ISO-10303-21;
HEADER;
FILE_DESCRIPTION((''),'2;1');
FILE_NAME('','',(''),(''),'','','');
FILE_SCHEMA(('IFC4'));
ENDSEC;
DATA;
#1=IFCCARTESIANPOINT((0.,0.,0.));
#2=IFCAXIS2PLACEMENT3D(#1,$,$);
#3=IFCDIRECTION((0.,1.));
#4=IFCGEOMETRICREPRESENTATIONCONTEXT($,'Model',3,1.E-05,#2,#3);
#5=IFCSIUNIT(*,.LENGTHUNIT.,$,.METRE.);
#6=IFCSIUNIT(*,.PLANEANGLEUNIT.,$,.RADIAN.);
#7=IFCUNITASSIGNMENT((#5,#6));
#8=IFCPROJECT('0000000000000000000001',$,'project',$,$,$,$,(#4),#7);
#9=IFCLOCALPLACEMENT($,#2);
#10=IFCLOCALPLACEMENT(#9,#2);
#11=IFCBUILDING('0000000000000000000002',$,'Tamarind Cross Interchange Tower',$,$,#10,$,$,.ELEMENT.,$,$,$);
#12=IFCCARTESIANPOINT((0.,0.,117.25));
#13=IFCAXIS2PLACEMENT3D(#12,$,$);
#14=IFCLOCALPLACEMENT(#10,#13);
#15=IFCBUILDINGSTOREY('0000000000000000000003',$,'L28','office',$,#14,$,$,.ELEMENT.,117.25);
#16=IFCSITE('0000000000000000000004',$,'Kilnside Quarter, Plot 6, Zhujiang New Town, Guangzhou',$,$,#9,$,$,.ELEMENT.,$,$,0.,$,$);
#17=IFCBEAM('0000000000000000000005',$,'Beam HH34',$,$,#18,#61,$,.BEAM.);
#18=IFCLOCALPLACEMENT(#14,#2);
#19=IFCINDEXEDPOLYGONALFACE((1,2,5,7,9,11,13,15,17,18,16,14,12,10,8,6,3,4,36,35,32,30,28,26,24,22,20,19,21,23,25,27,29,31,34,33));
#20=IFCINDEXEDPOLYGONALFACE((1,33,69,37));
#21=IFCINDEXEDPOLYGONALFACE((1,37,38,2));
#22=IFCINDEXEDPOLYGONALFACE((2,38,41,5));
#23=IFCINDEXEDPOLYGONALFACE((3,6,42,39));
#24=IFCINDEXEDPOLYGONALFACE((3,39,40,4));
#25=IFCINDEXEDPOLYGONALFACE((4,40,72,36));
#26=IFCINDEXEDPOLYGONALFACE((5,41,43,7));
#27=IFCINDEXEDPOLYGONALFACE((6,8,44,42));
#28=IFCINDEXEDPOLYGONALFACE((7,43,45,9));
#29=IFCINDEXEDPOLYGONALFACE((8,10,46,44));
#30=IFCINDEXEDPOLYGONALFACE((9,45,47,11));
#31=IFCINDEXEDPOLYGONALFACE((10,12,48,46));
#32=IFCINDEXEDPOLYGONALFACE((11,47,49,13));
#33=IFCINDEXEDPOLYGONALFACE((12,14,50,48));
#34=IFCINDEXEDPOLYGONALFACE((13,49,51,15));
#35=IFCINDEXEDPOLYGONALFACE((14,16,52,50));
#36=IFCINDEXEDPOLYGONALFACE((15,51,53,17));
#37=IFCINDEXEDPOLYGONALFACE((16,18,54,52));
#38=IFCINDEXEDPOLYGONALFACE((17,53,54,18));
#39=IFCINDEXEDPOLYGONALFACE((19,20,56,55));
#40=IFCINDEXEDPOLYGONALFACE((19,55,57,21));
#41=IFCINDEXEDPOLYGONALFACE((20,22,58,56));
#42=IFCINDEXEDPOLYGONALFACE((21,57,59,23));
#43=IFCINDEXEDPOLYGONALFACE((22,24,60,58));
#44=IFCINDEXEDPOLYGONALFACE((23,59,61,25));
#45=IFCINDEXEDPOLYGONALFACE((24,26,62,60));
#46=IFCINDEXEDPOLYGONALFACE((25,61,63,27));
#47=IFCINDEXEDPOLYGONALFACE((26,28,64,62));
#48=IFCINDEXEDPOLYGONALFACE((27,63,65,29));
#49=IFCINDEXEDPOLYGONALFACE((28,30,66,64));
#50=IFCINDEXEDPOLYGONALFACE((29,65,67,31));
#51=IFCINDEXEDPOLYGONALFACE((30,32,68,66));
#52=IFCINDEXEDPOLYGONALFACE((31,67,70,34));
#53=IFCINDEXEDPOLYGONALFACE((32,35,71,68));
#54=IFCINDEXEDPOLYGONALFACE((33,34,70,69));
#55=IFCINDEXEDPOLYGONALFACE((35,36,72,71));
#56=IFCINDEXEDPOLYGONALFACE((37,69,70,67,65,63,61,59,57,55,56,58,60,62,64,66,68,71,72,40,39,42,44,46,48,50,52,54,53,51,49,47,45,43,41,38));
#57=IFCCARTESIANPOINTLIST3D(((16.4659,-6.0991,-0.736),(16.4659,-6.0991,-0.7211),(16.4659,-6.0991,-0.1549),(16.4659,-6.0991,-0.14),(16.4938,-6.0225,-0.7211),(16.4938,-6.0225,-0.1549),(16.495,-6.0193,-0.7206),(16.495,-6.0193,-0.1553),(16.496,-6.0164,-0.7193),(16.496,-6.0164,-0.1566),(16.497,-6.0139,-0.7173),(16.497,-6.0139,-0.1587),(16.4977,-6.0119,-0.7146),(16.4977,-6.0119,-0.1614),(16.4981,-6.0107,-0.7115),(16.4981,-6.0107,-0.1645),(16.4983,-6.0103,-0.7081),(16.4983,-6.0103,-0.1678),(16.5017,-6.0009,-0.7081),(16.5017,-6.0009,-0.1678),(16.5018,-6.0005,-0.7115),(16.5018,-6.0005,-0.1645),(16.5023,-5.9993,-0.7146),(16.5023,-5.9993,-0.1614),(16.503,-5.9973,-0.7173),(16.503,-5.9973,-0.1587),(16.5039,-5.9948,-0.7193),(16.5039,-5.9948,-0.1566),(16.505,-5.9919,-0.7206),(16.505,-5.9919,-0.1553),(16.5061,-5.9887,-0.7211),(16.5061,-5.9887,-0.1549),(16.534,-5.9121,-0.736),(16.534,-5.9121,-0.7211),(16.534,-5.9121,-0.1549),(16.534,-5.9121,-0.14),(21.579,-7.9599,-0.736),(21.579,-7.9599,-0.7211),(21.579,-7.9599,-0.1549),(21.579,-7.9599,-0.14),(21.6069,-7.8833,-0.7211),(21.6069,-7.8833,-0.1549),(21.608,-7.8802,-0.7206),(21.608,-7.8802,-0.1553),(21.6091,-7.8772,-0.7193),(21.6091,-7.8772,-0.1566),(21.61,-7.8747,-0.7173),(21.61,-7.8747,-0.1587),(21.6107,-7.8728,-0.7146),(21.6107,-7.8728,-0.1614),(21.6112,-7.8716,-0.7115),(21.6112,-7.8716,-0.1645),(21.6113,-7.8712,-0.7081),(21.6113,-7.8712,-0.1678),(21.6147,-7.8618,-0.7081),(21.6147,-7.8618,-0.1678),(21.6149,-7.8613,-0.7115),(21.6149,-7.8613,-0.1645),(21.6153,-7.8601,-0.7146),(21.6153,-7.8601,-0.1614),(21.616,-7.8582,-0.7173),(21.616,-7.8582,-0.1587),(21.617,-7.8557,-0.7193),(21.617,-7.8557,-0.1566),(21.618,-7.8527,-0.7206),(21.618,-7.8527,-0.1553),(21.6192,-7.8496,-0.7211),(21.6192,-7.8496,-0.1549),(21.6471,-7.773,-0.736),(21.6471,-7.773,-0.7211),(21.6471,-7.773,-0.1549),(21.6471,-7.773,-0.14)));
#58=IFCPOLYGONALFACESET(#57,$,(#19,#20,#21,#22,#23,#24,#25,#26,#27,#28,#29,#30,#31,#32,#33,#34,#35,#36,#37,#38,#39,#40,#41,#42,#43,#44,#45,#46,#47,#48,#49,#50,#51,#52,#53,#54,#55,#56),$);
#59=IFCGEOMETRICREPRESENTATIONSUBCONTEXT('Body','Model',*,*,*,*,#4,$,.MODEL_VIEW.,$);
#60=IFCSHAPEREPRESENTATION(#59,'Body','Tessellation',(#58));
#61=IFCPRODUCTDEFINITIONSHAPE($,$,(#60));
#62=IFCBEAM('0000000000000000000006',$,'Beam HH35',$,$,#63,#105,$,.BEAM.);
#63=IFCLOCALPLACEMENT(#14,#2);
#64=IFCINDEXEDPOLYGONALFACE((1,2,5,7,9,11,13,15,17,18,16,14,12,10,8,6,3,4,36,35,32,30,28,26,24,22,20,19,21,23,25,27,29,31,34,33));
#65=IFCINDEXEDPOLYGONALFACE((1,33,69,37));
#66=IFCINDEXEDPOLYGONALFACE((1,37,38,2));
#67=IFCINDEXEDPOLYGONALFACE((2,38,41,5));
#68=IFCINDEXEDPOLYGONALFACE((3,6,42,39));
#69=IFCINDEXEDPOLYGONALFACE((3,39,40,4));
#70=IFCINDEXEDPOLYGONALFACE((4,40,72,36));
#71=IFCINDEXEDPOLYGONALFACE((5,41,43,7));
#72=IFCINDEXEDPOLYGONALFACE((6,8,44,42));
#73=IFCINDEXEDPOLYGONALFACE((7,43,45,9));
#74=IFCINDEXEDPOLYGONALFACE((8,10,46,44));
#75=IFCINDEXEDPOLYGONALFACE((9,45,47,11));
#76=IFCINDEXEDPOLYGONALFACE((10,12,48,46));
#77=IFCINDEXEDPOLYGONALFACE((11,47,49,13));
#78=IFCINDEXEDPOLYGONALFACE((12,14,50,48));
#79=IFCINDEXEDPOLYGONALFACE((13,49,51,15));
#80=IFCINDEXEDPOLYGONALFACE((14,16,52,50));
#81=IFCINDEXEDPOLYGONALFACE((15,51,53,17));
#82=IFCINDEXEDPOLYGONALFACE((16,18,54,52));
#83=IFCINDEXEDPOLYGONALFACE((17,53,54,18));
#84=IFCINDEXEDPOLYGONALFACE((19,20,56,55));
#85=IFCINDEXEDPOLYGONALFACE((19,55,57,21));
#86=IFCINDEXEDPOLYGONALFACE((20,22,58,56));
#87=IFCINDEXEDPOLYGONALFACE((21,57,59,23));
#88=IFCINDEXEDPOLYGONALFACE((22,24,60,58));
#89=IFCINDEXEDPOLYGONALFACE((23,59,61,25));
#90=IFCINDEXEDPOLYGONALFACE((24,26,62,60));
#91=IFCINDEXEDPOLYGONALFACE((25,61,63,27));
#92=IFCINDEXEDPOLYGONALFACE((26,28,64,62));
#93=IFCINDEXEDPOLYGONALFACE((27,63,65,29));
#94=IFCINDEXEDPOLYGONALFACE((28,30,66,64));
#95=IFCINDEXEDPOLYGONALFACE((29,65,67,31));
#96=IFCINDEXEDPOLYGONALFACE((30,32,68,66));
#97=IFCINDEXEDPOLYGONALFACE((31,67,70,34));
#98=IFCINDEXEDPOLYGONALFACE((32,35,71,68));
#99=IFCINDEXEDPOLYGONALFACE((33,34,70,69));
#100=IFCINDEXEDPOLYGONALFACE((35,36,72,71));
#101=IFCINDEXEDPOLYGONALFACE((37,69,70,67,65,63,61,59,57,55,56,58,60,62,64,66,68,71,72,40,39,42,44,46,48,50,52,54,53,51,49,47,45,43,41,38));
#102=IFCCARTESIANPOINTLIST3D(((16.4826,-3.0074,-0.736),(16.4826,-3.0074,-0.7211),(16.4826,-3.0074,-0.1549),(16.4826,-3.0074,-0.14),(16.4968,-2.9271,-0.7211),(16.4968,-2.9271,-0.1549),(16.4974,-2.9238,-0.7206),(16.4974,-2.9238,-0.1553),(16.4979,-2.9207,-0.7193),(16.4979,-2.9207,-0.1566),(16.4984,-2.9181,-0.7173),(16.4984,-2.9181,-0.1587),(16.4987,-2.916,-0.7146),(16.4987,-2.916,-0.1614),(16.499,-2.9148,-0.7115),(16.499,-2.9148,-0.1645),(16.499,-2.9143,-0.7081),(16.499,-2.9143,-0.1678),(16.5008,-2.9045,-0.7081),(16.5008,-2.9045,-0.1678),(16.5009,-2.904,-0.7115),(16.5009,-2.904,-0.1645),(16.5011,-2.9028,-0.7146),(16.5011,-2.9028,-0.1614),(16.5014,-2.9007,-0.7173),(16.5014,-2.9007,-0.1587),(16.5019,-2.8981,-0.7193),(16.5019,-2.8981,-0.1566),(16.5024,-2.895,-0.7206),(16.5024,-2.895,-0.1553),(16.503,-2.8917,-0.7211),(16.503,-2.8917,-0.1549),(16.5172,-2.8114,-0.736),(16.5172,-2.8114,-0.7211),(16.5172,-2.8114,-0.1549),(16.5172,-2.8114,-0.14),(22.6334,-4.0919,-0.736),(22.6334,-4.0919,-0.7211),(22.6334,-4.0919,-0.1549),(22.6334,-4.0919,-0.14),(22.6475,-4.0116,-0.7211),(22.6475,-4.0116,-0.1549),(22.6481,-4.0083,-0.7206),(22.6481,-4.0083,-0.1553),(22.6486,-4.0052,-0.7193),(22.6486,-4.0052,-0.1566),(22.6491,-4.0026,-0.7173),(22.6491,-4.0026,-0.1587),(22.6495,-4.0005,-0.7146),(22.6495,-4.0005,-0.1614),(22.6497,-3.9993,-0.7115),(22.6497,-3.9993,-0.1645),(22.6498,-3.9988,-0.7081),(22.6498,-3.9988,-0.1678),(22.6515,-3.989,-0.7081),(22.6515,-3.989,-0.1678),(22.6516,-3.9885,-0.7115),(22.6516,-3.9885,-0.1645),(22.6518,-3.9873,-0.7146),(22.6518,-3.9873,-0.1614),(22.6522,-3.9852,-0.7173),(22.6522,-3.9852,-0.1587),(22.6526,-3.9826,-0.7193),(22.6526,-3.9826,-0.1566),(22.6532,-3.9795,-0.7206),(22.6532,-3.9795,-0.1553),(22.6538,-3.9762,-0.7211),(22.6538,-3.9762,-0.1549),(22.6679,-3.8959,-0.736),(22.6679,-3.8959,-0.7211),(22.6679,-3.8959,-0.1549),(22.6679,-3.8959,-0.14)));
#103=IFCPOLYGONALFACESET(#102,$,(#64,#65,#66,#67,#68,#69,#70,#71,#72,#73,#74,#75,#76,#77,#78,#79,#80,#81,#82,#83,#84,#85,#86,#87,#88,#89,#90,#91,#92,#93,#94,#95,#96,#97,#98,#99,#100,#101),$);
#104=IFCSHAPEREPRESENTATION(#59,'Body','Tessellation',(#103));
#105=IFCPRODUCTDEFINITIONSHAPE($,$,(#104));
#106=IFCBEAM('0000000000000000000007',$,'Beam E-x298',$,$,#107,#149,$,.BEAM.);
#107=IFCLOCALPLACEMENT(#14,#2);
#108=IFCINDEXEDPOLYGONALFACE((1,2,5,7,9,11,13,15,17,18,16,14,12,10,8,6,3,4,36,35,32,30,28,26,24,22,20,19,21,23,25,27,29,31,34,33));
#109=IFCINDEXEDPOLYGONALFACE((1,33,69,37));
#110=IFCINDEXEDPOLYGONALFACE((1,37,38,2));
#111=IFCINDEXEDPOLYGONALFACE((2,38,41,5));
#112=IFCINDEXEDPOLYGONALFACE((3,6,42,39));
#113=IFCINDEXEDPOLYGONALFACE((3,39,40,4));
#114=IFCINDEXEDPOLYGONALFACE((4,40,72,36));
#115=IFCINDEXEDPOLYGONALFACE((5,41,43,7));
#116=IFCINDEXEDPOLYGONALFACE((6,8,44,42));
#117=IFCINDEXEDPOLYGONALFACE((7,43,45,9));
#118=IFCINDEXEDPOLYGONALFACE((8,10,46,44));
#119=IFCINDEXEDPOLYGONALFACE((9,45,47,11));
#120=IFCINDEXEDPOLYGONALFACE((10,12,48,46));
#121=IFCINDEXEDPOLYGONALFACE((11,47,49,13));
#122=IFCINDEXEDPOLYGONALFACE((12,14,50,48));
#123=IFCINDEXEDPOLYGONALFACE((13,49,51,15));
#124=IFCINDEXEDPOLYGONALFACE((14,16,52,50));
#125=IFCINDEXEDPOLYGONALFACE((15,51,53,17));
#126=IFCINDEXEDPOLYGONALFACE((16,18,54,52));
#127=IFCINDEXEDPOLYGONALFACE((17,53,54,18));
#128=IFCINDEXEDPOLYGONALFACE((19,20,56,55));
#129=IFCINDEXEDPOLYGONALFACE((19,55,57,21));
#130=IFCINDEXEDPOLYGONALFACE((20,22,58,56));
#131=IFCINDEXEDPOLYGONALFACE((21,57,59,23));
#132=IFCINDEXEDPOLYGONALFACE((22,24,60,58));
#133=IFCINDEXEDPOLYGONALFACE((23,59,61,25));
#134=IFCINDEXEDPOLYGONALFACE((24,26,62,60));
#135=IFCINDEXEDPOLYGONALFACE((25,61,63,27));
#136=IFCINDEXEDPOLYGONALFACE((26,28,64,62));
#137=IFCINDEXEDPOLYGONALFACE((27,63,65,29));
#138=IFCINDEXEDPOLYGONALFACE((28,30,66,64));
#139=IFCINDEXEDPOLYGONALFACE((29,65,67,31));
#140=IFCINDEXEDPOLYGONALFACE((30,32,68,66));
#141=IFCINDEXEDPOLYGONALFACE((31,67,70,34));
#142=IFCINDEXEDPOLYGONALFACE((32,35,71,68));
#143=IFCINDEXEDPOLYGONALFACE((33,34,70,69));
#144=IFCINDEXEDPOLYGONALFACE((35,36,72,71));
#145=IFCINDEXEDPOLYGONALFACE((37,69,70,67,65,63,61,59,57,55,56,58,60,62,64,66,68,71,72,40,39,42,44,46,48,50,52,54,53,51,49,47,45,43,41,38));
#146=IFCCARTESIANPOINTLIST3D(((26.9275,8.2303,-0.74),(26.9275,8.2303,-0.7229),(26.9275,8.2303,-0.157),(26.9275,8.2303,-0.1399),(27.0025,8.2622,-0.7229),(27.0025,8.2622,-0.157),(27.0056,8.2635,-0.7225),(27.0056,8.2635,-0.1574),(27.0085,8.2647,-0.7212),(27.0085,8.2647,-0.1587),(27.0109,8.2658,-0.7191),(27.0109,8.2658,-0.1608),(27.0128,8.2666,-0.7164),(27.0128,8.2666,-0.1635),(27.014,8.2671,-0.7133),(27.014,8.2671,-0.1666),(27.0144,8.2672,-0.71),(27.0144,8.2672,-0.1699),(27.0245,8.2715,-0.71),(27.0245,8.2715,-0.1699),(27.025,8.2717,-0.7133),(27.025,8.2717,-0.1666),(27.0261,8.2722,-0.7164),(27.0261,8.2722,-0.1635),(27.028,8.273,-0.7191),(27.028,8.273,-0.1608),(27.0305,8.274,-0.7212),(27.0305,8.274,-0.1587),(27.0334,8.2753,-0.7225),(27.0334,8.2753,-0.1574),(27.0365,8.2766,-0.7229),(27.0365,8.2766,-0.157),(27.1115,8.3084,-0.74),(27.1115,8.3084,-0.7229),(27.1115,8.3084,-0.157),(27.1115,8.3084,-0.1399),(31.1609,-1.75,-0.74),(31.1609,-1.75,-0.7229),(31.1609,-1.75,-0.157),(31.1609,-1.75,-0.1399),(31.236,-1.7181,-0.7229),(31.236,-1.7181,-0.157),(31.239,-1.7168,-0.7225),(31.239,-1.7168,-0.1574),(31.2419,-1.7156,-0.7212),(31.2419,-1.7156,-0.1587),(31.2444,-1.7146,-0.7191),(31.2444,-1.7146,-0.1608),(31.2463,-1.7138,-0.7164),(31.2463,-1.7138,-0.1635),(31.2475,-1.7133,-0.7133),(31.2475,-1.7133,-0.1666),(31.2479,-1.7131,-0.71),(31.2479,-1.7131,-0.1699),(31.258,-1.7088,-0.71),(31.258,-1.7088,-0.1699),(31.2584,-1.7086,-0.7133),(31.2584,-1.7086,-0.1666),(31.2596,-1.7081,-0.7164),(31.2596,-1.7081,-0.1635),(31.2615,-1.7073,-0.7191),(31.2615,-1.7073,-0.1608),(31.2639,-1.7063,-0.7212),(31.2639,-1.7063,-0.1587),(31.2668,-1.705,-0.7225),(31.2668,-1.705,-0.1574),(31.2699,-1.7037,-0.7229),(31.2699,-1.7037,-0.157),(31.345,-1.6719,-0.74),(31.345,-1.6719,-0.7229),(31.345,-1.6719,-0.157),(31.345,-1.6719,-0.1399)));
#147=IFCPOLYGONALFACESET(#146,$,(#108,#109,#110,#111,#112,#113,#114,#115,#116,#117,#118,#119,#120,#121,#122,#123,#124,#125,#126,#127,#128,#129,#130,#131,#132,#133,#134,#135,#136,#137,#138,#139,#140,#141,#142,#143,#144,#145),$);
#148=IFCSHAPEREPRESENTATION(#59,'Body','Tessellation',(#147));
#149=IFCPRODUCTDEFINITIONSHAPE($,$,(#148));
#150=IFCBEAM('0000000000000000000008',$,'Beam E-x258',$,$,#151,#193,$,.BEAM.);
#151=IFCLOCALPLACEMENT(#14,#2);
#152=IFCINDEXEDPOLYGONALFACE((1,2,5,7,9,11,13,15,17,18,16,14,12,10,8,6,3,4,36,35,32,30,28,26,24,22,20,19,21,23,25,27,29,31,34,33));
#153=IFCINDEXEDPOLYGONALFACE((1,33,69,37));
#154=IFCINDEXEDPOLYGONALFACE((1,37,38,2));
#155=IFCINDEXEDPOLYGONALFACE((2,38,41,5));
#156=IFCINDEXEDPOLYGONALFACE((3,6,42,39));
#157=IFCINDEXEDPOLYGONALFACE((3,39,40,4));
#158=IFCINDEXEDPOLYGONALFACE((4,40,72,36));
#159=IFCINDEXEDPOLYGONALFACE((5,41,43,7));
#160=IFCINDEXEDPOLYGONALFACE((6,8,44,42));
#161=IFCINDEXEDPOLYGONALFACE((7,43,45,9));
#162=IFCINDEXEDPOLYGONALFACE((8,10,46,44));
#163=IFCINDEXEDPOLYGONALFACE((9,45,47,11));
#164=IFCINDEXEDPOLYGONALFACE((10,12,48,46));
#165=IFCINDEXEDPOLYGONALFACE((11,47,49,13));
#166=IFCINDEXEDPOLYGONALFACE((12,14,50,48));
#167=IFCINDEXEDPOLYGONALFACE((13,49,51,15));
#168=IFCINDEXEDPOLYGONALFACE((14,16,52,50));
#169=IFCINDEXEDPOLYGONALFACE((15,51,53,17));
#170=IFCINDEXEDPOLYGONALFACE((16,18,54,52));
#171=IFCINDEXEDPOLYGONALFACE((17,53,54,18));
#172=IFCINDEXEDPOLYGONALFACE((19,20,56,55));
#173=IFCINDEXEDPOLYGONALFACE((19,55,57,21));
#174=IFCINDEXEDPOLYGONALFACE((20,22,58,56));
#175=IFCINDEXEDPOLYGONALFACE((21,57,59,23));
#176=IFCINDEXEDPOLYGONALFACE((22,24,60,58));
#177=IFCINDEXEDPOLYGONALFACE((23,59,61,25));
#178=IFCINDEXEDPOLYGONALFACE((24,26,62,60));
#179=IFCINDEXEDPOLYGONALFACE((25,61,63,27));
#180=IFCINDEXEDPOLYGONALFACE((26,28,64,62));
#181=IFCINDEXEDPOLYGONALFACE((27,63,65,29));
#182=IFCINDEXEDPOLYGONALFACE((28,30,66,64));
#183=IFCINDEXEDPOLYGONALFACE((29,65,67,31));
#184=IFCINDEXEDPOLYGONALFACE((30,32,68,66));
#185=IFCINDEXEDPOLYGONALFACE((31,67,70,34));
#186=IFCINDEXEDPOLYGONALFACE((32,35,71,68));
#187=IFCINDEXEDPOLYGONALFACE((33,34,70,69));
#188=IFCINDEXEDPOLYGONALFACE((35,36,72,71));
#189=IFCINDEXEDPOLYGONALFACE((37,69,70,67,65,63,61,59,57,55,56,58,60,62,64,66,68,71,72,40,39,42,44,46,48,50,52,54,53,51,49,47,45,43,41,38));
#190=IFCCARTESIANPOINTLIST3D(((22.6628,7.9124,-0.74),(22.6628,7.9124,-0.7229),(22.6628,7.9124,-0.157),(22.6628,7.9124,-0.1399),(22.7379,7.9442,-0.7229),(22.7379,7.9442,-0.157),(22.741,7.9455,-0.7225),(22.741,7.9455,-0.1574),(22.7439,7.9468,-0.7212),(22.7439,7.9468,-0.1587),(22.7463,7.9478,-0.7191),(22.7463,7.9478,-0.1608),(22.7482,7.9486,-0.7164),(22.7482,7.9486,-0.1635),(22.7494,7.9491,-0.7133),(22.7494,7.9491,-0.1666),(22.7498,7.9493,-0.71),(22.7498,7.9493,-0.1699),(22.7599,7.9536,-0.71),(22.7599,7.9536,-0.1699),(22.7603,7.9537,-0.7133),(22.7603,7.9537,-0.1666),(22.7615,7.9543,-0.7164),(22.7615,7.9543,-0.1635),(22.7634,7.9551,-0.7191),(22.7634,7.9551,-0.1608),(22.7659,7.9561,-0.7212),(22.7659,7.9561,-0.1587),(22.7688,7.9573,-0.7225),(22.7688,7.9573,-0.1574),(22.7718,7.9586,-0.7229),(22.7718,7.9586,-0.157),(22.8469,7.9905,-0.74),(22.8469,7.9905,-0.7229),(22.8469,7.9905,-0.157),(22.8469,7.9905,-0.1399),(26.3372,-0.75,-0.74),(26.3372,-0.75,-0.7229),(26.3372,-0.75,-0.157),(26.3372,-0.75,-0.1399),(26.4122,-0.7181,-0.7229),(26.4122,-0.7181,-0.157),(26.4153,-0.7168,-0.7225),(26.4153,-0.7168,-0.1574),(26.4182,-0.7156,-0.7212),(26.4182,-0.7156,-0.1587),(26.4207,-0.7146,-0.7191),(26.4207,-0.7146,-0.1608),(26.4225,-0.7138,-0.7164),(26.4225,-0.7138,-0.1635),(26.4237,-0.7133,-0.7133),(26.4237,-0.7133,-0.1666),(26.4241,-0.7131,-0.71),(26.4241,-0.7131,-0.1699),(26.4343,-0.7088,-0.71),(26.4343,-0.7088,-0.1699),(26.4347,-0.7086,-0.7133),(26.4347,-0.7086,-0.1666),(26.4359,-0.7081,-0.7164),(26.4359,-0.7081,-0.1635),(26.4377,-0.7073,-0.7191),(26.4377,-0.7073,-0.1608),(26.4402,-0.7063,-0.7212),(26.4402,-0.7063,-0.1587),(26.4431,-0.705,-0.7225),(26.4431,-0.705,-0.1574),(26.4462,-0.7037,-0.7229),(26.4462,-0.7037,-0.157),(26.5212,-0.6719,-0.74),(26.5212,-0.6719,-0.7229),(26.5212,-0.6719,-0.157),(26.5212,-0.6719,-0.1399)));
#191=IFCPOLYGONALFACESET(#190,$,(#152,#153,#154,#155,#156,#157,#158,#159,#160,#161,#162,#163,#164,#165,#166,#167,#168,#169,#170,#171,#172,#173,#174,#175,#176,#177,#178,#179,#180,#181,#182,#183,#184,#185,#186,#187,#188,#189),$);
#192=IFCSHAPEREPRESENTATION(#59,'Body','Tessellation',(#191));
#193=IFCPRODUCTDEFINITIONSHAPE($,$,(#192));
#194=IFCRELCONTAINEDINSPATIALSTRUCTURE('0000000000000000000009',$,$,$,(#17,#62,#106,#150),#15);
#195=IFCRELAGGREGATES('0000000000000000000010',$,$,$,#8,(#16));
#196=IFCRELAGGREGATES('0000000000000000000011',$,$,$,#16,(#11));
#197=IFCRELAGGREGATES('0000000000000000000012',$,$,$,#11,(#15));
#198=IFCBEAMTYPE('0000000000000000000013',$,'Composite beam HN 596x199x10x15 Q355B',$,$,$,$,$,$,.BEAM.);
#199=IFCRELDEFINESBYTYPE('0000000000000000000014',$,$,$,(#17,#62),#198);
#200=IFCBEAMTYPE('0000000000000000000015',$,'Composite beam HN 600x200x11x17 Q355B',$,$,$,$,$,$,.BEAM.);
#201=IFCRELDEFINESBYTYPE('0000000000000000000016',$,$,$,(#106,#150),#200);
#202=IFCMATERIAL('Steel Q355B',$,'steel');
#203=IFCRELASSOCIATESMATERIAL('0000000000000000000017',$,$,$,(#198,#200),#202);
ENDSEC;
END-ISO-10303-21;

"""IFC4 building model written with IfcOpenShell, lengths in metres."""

from ifc_helpers import new_model, si_unit, direction, frame, origin, origin_2d, place, context, subcontext, project, spatial, i_section, extrude, material, material_profile, profile_set, type_object, element, save


model = new_model("IFC4")

# Units and contexts
model_context = context("Model", 3, precision=1e-05, world=origin(), true_north=direction((0.0, 1.0)))
body_context = subcontext(model_context, "Body", "Model", "MODEL_VIEW")
ifc_project = project(units=[si_unit("LENGTHUNIT", "METRE"), si_unit("PLANEANGLEUNIT", "RADIAN")], contexts=[model_context])

# Site, building, storey
site_placement = place(None, origin())
site = spatial("IfcSite", under=ifc_project, at=site_placement, Name="Kilnside Quarter, Plot 6, Zhujiang New Town, Guangzhou", CompositionType="ELEMENT", RefElevation=0.0)
building_placement = place(site_placement, origin())
building = spatial("IfcBuilding", under=site, at=building_placement, Name="Tamarind Cross Interchange Tower", CompositionType="ELEMENT")
storey_placement = place(building_placement, frame((0.0, 0.0, 117.25)))
storey = spatial("IfcBuildingStorey", under=building, at=storey_placement, Name="L28", Description="office", CompositionType="ELEMENT", Elevation=117.25)

# Beams
ifc_material_1 = material(Name="Steel Q355B", Category="steel")
ifc_material_profile_1 = material_profile(ifc_material_1, i_section(OverallWidth=0.199, OverallDepth=0.5959, WebThickness=0.01, FlangeThickness=0.0149, FilletRadius=0.0129, at=origin_2d()), Name="HN 596x199x10x15")
ifc_profile_set_1 = profile_set([ifc_material_profile_1], Name="Steel Q355B")
beam_type_1 = type_object("IfcBeamType", Name="Composite beam HN 596x199x10x15 Q355B", PredefinedType="BEAM", material=ifc_profile_set_1)
beam_1_placement = place(storey_placement, frame((21.613, -7.8665, -0.438), z_axis=(-0.939702, 0.341995, 0.0), x_axis=(-0.341995, -0.939702, 0.0)))
element("IfcBeam", 1, at=beam_1_placement, inside=storey, type_object=beam_type_1, Name="Beam HH34", PredefinedType="BEAM", context=body_context, shape_type="SweptSolid", body=[
    extrude(i_section(OverallWidth=0.199, OverallDepth=0.5959, WebThickness=0.01, FlangeThickness=0.0149, FilletRadius=0.0129, at=origin_2d()), origin(), (0.0, 0.0, 1.0), 5.4412),
])
beam_2_placement = place(storey_placement, frame((22.6506, -3.9939, -0.438), z_axis=(-0.984809, 0.17364, 0.0), x_axis=(-0.17364, -0.984809, 0.0)))
element("IfcBeam", 2, at=beam_2_placement, inside=storey, type_object=beam_type_1, Name="Beam HH35", PredefinedType="BEAM", context=body_context, shape_type="SweptSolid", body=[
    extrude(i_section(OverallWidth=0.199, OverallDepth=0.5959, WebThickness=0.01, FlangeThickness=0.0149, FilletRadius=0.0129, at=origin_2d()), origin(), (0.0, 0.0, 1.0), 6.2456),
])
ifc_material_profile_2 = material_profile(ifc_material_1, i_section(OverallWidth=0.2, OverallDepth=0.6001, WebThickness=0.011, FlangeThickness=0.0171, FilletRadius=0.0129, at=origin_2d()), Name="HN 600x200x11x17")
ifc_profile_set_2 = profile_set([ifc_material_profile_2], Name="Steel Q355B")
beam_type_2 = type_object("IfcBeamType", Name="Composite beam HN 600x200x11x17 Q355B", PredefinedType="BEAM", material=ifc_profile_set_2)
beam_3_placement = place(storey_placement, frame((31.2529, -1.7109, -0.4399), z_axis=(-0.3905, 0.920603, 0.0), x_axis=(-0.920603, -0.3905, 0.0)))
element("IfcBeam", 3, at=beam_3_placement, inside=storey, type_object=beam_type_2, Name="Beam E-x298", PredefinedType="BEAM", context=body_context, shape_type="SweptSolid", body=[
    extrude(i_section(OverallWidth=0.2, OverallDepth=0.6001, WebThickness=0.011, FlangeThickness=0.0171, FilletRadius=0.0129, at=origin_2d()), origin(), (0.0, 0.0, 1.0), 10.8411),
])
beam_4_placement = place(storey_placement, frame((26.4292, -0.7109, -0.4399), z_axis=(-0.390494, 0.920606, 0.0), x_axis=(-0.920606, -0.390494, 0.0)))
element("IfcBeam", 4, at=beam_4_placement, inside=storey, type_object=beam_type_2, Name="Beam E-x258", PredefinedType="BEAM", context=body_context, shape_type="SweptSolid", body=[
    extrude(i_section(OverallWidth=0.2, OverallDepth=0.6001, WebThickness=0.011, FlangeThickness=0.0171, FilletRadius=0.0129, at=origin_2d()), origin(), (0.0, 0.0, 1.0), 9.4094),
])

save(model, "model.ifc")
